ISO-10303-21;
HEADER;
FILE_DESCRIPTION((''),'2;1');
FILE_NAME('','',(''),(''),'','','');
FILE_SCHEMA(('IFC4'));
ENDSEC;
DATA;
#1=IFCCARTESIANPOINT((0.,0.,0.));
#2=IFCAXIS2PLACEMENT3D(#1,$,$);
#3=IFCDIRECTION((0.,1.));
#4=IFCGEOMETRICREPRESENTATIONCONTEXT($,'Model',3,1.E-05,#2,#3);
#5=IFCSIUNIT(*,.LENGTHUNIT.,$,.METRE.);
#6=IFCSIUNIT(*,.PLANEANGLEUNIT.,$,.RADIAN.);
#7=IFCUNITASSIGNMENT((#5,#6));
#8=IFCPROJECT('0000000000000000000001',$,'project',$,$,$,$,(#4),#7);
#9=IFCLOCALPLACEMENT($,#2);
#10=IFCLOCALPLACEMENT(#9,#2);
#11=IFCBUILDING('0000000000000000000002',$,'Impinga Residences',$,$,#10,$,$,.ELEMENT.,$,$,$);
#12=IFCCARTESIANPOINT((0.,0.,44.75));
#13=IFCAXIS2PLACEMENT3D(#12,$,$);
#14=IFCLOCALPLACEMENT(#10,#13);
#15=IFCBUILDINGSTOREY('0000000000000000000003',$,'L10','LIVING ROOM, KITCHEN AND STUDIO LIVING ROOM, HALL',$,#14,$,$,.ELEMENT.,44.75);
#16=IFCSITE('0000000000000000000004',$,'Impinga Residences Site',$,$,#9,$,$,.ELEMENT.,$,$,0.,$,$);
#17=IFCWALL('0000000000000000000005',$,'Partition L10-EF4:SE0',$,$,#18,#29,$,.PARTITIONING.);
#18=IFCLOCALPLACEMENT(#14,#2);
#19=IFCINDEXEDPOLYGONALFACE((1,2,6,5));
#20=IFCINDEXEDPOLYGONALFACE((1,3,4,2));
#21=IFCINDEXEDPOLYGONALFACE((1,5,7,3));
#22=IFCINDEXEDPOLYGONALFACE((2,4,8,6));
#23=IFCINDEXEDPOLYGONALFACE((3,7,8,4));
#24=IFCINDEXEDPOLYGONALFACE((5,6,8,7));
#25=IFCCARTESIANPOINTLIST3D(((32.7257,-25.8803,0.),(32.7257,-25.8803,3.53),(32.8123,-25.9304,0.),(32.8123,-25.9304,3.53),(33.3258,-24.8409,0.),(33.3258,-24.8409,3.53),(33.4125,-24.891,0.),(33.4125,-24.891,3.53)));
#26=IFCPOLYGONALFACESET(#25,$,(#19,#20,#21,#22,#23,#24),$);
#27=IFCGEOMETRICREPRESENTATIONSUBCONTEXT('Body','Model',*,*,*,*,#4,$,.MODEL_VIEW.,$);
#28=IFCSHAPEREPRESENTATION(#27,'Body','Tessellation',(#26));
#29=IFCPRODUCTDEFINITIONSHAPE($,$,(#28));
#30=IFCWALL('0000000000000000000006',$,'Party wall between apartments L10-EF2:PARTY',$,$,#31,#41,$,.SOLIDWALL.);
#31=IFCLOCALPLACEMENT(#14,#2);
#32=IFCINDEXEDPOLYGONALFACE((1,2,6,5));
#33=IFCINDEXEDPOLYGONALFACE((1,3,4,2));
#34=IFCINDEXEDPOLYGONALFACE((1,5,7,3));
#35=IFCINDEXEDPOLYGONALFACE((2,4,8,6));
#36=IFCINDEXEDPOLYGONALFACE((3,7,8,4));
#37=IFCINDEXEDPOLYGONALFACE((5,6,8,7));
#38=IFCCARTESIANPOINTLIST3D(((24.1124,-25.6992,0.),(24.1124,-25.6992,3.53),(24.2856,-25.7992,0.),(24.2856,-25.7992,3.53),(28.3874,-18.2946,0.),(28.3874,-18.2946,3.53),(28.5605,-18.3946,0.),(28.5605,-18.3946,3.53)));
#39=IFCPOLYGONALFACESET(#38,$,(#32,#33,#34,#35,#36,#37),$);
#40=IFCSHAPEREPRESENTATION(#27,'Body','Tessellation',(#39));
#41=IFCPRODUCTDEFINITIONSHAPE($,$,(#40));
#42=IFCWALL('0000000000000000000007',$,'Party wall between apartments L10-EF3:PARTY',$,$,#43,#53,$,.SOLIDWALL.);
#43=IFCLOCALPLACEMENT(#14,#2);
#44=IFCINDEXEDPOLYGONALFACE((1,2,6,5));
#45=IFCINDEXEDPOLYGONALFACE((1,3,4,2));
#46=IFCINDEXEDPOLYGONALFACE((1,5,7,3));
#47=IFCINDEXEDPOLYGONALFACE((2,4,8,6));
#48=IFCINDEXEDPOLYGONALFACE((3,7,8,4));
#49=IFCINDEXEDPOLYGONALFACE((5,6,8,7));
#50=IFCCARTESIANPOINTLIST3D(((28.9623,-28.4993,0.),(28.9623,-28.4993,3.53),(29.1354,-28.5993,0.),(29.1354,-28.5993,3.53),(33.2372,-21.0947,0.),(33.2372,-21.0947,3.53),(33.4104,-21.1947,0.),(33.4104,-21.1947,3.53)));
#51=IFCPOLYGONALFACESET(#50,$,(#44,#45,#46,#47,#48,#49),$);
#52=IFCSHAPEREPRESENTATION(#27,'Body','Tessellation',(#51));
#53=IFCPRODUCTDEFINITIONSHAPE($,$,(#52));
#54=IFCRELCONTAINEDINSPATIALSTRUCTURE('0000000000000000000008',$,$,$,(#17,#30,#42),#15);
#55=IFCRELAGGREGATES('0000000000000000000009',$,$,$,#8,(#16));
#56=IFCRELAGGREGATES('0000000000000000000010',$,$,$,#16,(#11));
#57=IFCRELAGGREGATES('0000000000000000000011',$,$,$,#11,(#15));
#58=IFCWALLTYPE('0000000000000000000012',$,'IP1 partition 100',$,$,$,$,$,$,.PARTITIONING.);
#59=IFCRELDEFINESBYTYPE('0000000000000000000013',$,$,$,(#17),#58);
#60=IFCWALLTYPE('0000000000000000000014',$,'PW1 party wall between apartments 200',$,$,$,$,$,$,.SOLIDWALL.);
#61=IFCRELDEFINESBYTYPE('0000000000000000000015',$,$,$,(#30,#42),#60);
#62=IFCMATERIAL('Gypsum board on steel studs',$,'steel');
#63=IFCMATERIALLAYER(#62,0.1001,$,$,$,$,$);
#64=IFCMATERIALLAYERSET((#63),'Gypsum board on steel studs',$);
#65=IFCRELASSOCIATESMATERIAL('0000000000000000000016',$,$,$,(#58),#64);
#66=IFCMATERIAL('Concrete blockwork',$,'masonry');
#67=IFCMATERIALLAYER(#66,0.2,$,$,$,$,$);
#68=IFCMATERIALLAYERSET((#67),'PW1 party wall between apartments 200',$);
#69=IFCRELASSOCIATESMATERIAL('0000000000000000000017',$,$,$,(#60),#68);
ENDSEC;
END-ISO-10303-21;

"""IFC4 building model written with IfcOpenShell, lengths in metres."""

from ifc_helpers import new_model, si_unit, direction, frame, frame_2d, origin, place, context, subcontext, project, spatial, rectangle, extrude, material, layer, layer_set, type_object, element, save


model = new_model("IFC4")

# Units and contexts
model_context = context("Model", 3, precision=1e-05, world=origin(), true_north=direction((0.0, 1.0)))
body_context = subcontext(model_context, "Body", "Model", "MODEL_VIEW")
ifc_project = project(units=[si_unit("LENGTHUNIT", "METRE"), si_unit("PLANEANGLEUNIT", "RADIAN")], contexts=[model_context])

# Site, building, storey
site_placement = place(None, origin())
site = spatial("IfcSite", under=ifc_project, at=site_placement, Name="Impinga Residences Site", CompositionType="ELEMENT", RefElevation=0.0)
building_placement = place(site_placement, origin())
building = spatial("IfcBuilding", under=site, at=building_placement, Name="Impinga Residences", CompositionType="ELEMENT")
storey_placement = place(building_placement, frame((0.0, 0.0, 44.75)))
storey = spatial("IfcBuildingStorey", under=building, at=storey_placement, Name="L10", Description="LIVING ROOM, KITCHEN AND STUDIO LIVING ROOM, HALL", CompositionType="ELEMENT", Elevation=44.75)

# Shared definitions
ifc_material_1 = material(Name="Gypsum board on steel studs", Category="steel")
ifc_layer_1 = layer(ifc_material_1, 0.1001)
ifc_layer_set_1 = layer_set([ifc_layer_1], Name="Gypsum board on steel studs")
wall_type_1 = type_object("IfcWallType", Name="IP1 partition 100", PredefinedType="PARTITIONING", material=ifc_layer_set_1)

# Walls
wall_1_placement = place(storey_placement, frame((33.3691, -24.866, 0.0), z_axis=(0.0, 0.0, 1.0), x_axis=(-0.500034, -0.866006, 0.0)))
element("IfcWall", 1, at=wall_1_placement, inside=storey, type_object=wall_type_1, Name="Partition L10-EF4:SE0", PredefinedType="PARTITIONING", context=body_context, shape_type="SweptSolid", body=[
    extrude(rectangle(XDim=1.2002, YDim=0.1001, at=frame_2d((0.6001, 0.0))), origin(), (0.0, 0.0, 1.0), 3.53),
])
ifc_material_2 = material(Name="Concrete blockwork", Category="masonry")
ifc_layer_2 = layer(ifc_material_2, 0.2)
ifc_layer_set_2 = layer_set([ifc_layer_2], Name="PW1 party wall between apartments 200")
wall_type_2 = type_object("IfcWallType", Name="PW1 party wall between apartments 200", PredefinedType="SOLIDWALL", material=ifc_layer_set_2)
for number, where, z_axis, x_axis, name in (
    (2, (28.4739, -18.3447, 0.0), (0.0, 0.0, 1.0), (-0.49999, -0.866031, 0.0), "Party wall between apartments L10-EF2:PARTY"),
    (3, (33.3237, -21.1448, 0.0), (0.0, 0.0, 1.0), (-0.49999, -0.866031, 0.0), "Party wall between apartments L10-EF3:PARTY"),
):
    element("IfcWall", number, at=place(storey_placement, frame(where, z_axis=z_axis, x_axis=x_axis)), inside=storey, type_object=wall_type_2, Name=name, PredefinedType="SOLIDWALL", context=body_context, shape_type="SweptSolid", body=[
        extrude(rectangle(XDim=8.55, YDim=0.2, at=frame_2d((4.2749, 0.0))), origin(), (0.0, 0.0, 1.0), 3.53),
    ])

save(model, "model.ifc")
